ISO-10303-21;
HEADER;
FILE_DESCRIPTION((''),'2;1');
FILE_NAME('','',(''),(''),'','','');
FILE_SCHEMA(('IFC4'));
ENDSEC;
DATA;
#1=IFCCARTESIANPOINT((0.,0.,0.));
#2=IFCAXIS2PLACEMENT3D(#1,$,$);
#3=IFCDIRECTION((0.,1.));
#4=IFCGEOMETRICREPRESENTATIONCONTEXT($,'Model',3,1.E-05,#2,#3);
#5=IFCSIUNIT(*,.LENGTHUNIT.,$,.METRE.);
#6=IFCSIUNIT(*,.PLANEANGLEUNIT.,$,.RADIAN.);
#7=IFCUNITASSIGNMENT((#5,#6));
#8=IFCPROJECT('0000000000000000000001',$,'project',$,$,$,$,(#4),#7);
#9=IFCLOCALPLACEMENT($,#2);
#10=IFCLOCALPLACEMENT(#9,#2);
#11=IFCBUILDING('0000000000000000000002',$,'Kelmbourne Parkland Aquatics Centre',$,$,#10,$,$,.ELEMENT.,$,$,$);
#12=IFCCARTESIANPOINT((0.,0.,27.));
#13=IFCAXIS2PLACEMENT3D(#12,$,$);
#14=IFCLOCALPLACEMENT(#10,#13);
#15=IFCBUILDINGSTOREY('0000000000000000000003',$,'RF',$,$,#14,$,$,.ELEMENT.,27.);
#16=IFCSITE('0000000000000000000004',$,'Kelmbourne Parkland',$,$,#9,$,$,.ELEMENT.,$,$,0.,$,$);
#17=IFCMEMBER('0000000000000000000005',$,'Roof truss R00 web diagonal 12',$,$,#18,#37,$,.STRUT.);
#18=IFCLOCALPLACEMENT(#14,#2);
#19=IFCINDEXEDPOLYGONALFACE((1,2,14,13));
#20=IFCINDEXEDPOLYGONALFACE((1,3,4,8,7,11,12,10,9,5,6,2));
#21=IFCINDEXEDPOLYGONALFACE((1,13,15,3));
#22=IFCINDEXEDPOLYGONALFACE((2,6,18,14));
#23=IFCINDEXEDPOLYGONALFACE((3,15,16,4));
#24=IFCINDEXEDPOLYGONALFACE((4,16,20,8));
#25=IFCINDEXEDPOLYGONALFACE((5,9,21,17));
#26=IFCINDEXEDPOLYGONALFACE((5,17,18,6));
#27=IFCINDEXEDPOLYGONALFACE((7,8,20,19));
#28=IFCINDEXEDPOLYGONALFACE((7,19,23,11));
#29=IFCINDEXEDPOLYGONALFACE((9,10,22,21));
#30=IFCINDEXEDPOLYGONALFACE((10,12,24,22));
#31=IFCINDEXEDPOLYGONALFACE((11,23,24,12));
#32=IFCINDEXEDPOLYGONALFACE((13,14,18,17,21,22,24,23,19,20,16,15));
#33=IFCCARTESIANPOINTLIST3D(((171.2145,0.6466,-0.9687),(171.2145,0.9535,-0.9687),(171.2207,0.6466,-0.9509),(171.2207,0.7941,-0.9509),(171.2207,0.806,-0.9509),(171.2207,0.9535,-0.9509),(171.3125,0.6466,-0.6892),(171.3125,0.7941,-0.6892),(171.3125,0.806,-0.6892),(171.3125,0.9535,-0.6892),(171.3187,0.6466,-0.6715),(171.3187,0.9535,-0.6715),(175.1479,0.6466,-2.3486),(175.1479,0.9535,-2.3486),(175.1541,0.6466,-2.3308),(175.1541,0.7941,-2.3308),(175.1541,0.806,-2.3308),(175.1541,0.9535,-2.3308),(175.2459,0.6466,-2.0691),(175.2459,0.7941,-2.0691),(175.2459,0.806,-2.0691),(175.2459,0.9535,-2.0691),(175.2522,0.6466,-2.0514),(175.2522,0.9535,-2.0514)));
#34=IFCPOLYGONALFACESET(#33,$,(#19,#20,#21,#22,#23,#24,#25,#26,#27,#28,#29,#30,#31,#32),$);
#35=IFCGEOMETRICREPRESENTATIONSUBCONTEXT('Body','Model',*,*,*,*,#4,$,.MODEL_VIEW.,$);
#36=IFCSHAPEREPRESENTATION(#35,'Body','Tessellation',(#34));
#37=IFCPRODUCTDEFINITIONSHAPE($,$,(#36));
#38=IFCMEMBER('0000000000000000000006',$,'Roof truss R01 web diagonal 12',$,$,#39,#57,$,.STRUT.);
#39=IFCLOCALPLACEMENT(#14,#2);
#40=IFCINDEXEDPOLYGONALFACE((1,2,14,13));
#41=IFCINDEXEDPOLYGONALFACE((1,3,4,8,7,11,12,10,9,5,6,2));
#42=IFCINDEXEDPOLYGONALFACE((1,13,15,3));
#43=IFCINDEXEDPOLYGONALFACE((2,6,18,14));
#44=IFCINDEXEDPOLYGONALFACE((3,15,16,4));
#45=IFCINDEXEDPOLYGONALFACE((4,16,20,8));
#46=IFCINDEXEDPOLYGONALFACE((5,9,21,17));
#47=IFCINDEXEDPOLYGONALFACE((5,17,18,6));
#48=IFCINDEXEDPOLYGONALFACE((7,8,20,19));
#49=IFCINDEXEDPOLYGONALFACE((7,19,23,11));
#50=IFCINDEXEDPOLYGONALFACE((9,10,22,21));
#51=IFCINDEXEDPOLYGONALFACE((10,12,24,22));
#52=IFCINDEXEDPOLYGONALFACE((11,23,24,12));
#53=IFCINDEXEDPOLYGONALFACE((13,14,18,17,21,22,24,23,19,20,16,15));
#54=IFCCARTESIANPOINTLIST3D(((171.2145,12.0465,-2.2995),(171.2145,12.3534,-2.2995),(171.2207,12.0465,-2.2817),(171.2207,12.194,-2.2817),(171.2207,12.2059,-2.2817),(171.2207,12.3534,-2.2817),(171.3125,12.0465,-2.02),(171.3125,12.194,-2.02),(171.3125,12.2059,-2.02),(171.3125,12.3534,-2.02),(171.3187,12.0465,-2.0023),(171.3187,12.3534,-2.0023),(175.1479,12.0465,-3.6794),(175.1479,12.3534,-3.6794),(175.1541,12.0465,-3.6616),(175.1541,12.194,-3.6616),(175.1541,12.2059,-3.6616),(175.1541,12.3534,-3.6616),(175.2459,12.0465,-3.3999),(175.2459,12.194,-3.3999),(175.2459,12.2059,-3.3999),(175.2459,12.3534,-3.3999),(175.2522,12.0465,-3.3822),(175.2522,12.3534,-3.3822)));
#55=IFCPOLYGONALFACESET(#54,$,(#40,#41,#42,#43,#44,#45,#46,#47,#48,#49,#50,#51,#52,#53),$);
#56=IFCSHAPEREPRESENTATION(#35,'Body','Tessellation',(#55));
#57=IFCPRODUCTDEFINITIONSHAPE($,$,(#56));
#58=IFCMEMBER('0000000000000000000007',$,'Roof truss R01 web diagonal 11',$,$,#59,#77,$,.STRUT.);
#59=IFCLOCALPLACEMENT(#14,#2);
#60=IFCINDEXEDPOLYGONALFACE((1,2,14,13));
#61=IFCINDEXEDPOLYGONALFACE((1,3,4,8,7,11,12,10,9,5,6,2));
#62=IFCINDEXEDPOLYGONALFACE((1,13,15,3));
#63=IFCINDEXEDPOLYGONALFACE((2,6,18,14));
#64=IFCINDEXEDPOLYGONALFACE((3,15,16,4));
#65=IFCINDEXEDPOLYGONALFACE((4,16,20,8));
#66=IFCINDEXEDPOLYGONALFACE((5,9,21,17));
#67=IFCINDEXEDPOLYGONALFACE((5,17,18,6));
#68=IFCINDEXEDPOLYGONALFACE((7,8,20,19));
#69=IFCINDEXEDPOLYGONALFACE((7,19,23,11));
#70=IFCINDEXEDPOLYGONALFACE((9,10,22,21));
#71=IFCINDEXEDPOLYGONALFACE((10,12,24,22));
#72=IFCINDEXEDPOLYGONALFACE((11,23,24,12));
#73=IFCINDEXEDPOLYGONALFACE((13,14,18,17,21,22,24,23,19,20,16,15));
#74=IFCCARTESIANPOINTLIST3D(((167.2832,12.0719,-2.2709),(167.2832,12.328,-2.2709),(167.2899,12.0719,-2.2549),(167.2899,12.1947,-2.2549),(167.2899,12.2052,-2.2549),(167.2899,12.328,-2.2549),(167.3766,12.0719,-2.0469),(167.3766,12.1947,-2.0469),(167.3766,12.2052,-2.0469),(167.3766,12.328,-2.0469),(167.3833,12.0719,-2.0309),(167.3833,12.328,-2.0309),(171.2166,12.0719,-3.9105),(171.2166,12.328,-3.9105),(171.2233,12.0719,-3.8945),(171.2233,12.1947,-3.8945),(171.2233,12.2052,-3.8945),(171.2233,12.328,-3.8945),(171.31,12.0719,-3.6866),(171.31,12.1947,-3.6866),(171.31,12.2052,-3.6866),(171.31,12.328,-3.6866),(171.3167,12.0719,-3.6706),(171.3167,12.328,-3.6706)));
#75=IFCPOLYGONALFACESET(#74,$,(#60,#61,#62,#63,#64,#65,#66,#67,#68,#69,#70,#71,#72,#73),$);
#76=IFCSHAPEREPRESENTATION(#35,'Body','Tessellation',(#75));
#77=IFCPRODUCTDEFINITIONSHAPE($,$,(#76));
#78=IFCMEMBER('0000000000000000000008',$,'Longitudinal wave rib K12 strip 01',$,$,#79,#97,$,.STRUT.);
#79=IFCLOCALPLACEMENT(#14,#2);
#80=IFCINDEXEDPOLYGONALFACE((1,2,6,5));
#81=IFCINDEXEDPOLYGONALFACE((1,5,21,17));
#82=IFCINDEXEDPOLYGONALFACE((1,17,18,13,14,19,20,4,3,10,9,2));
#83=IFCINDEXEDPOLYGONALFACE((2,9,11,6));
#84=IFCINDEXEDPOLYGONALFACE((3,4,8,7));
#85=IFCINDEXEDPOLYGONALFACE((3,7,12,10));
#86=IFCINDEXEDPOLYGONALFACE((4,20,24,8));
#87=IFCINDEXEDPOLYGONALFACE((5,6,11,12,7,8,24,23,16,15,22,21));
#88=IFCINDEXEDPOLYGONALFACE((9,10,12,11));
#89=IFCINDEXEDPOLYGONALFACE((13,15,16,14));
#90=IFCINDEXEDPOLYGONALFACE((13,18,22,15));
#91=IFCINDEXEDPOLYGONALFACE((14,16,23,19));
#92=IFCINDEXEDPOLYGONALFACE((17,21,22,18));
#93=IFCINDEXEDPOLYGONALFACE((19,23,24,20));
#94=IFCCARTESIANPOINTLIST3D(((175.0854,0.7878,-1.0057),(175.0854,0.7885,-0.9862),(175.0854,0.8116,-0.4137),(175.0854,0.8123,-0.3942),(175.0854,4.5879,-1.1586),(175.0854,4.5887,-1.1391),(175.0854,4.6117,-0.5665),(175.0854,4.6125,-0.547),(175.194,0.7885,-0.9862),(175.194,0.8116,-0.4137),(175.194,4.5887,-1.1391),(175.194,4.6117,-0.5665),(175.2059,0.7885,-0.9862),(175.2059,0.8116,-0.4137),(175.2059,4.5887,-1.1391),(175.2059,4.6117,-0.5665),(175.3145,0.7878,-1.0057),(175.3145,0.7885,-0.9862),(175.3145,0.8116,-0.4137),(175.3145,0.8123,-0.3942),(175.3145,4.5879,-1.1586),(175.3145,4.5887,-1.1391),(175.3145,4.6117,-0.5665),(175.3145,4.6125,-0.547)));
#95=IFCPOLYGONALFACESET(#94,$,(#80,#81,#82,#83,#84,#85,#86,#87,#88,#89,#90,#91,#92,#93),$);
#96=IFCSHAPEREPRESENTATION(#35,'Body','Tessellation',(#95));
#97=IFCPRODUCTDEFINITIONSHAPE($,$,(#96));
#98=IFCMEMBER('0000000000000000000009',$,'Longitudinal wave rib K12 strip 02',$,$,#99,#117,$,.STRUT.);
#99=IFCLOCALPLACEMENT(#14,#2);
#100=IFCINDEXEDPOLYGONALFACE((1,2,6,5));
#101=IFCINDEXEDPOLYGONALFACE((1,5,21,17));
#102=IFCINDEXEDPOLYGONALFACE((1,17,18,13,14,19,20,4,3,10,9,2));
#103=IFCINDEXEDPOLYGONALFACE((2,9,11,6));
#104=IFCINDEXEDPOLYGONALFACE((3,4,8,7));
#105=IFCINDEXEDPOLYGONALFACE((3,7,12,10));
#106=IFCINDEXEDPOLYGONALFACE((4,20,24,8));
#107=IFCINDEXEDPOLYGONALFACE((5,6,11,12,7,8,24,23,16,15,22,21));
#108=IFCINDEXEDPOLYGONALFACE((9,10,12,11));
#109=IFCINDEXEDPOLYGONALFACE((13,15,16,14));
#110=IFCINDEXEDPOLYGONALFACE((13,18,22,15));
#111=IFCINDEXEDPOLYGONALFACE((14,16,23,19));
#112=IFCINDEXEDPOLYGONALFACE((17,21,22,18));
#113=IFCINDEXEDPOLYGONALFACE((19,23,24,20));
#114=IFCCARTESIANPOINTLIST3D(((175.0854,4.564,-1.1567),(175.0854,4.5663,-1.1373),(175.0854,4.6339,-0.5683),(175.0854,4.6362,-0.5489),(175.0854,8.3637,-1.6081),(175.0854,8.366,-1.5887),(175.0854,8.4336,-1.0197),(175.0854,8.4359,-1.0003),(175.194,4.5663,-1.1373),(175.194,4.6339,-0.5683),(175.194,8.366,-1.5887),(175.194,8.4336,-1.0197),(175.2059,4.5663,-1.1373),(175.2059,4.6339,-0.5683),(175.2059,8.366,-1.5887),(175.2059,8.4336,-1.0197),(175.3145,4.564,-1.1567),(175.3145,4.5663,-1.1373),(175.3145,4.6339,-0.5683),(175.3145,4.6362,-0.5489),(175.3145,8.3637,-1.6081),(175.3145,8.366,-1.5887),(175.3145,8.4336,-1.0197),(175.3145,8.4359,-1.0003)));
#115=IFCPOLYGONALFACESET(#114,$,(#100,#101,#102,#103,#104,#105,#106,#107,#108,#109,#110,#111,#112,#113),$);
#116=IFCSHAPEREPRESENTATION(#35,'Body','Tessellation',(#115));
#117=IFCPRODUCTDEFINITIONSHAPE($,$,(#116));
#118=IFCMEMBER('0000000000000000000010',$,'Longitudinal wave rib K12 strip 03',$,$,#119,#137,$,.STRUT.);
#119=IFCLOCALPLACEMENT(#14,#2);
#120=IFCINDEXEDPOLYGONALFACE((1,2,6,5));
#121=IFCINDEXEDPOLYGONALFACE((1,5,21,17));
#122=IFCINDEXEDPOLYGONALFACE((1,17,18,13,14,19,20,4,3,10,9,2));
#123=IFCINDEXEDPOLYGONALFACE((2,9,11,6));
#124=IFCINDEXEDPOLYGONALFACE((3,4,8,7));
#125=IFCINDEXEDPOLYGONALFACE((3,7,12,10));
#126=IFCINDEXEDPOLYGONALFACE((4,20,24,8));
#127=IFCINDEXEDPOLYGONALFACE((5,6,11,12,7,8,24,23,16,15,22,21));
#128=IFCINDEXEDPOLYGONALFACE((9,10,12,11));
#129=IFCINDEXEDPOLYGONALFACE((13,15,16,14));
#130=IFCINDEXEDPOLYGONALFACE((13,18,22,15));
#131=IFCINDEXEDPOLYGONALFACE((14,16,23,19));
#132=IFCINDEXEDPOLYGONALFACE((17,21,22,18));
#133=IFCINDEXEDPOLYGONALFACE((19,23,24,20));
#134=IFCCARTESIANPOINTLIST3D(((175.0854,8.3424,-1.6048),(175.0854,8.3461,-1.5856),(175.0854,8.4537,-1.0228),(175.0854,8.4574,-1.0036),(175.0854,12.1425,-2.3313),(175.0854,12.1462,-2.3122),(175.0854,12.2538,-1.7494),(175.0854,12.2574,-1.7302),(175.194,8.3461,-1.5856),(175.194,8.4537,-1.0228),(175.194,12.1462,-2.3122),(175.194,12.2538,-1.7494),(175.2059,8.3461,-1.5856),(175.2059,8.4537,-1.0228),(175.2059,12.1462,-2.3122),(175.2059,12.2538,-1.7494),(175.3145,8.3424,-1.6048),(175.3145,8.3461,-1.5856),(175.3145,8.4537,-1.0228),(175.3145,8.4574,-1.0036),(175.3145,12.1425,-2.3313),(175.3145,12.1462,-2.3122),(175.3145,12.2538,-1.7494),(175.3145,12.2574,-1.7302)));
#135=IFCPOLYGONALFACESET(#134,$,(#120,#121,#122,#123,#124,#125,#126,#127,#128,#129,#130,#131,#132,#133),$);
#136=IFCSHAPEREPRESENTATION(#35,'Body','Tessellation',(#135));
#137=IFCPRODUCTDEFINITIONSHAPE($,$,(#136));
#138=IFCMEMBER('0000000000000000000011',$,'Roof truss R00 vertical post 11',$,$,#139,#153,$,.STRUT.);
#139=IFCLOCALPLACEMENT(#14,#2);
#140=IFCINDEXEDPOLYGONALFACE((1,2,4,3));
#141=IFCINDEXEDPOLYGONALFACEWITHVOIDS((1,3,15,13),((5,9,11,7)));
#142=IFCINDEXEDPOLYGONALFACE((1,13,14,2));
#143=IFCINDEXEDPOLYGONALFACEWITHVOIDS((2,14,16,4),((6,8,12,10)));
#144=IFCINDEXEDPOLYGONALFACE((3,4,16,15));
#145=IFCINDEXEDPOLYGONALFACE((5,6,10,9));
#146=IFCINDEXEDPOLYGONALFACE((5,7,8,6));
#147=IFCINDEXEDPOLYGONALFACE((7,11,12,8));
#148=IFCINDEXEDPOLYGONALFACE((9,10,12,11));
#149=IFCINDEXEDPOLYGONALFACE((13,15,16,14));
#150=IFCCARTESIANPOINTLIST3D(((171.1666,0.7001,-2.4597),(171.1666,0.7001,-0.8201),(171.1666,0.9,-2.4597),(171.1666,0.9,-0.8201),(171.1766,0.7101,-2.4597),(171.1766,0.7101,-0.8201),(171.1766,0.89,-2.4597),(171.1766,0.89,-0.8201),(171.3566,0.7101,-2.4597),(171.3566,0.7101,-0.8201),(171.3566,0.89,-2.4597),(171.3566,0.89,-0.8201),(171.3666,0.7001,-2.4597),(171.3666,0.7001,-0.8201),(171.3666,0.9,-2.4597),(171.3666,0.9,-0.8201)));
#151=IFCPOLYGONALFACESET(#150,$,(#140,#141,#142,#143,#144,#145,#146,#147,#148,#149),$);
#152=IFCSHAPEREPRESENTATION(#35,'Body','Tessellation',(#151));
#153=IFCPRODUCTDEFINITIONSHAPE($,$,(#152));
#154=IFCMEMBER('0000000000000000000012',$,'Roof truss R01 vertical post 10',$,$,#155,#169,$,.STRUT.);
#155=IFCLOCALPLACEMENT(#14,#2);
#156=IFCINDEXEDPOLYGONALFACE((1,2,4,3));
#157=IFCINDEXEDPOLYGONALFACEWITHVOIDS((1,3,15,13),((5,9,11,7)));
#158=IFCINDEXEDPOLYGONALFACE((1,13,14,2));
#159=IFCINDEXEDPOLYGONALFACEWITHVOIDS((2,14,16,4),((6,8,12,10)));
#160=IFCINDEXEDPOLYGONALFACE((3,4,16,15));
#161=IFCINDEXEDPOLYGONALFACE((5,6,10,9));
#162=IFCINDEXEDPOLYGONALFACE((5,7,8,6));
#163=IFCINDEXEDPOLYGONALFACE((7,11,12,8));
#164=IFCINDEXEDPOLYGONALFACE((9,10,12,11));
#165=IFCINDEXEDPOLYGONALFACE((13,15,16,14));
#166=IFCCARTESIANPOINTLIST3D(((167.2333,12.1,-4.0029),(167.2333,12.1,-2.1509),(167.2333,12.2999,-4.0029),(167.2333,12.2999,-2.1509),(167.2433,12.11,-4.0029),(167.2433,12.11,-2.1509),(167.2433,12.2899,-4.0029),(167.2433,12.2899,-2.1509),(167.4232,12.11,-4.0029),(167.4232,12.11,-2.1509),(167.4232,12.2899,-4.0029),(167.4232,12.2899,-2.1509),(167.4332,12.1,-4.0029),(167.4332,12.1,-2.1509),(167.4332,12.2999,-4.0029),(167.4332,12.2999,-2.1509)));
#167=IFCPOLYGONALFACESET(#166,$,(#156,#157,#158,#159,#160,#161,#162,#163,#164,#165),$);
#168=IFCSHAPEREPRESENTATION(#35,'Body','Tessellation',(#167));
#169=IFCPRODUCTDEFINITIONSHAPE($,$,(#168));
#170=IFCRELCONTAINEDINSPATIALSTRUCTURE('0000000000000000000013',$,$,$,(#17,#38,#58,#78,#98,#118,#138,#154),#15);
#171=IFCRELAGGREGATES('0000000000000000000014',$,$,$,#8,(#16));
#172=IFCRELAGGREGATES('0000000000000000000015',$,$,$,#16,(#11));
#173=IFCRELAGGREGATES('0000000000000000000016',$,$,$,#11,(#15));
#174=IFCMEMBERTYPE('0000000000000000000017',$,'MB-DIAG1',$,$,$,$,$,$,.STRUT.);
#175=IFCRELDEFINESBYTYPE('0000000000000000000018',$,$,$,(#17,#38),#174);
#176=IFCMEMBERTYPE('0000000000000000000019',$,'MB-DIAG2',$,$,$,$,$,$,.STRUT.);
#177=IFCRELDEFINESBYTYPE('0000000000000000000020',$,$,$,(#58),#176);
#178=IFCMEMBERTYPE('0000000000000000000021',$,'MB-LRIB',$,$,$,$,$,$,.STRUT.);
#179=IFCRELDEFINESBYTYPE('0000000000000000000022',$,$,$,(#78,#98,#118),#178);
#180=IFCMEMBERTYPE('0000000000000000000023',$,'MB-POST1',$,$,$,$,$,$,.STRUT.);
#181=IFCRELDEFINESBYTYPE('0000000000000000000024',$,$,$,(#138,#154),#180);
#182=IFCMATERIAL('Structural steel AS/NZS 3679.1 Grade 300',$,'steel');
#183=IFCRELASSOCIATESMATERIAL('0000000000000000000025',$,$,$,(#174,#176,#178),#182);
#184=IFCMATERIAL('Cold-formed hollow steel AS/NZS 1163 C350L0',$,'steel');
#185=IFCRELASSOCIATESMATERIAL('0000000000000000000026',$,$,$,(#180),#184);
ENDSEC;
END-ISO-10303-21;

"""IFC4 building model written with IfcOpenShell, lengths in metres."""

from ifc_helpers import new_model, si_unit, direction, frame, origin, origin_2d, place, context, subcontext, project, spatial, hollow_rectangle, i_section, extrude, material, material_profile, profile_set, type_object, element, save


model = new_model("IFC4")

# Units and contexts
model_context = context("Model", 3, precision=1e-05, world=origin(), true_north=direction((0.0, 1.0)))
body_context = subcontext(model_context, "Body", "Model", "MODEL_VIEW")
ifc_project = project(units=[si_unit("LENGTHUNIT", "METRE"), si_unit("PLANEANGLEUNIT", "RADIAN")], contexts=[model_context])

# Site, building, storey
site_placement = place(None, origin())
site = spatial("IfcSite", under=ifc_project, at=site_placement, Name="Kelmbourne Parkland", CompositionType="ELEMENT", RefElevation=0.0)
building_placement = place(site_placement, origin())
building = spatial("IfcBuilding", under=site, at=building_placement, Name="Kelmbourne Parkland Aquatics Centre", CompositionType="ELEMENT")
storey_placement = place(building_placement, frame((0.0, 0.0, 27.0)))
storey = spatial("IfcBuildingStorey", under=building, at=storey_placement, Name="RF", CompositionType="ELEMENT", Elevation=27.0)

# Members
ifc_material_1 = material(Name="Structural steel AS/NZS 3679.1 Grade 300", Category="steel")
ifc_material_profile_1 = material_profile(ifc_material_1, i_section(OverallWidth=0.3069, OverallDepth=0.3149, WebThickness=0.012, FlangeThickness=0.0188, at=origin_2d()), Name="310UC118")
ifc_profile_set_1 = profile_set([ifc_material_profile_1], Name="Structural steel AS/NZS 3679.1 Grade 300")
member_type_1 = type_object("IfcMemberType", Name="MB-DIAG1", PredefinedType="STRUT", material=ifc_profile_set_1)
for number, where, z_axis, x_axis, name in (
    (1, (171.2666, 0.8, -0.8201), (0.943618, 0.0, -0.331036), (0.0, 1.0, 0.0), "Roof truss R00 web diagonal 12"),
    (2, (171.2666, 12.2, -2.1509), (0.943618, 0.0, -0.331036), (0.0, 1.0, 0.0), "Roof truss R01 web diagonal 12"),
):
    element("IfcMember", number, at=place(storey_placement, frame(where, z_axis=z_axis, x_axis=x_axis)), inside=storey, type_object=member_type_1, Name=name, PredefinedType="STRUT", context=body_context, shape_type="SweptSolid", body=[
        extrude(i_section(OverallWidth=0.3069, OverallDepth=0.3149, WebThickness=0.012, FlangeThickness=0.0188, at=origin_2d()), origin(), (0.0, 0.0, 1.0), 4.1685),
    ])
ifc_material_profile_2 = material_profile(ifc_material_1, i_section(OverallWidth=0.2561, OverallDepth=0.26, WebThickness=0.0105, FlangeThickness=0.0173, at=origin_2d()), Name="250UC89.5")
ifc_profile_set_2 = profile_set([ifc_material_profile_2], Name="Structural steel AS/NZS 3679.1 Grade 300")
member_type_2 = type_object("IfcMemberType", Name="MB-DIAG2", PredefinedType="STRUT", material=ifc_profile_set_2)
member_1_placement = place(storey_placement, frame((167.3333, 12.2, -2.1509), z_axis=(0.923014, 0.0, -0.384766), x_axis=(0.0, 1.0, 0.0)))
element("IfcMember", 3, at=member_1_placement, inside=storey, type_object=member_type_2, Name="Roof truss R01 web diagonal 11", PredefinedType="STRUT", context=body_context, shape_type="SweptSolid", body=[
    extrude(i_section(OverallWidth=0.2561, OverallDepth=0.26, WebThickness=0.0105, FlangeThickness=0.0173, at=origin_2d()), origin(), (0.0, 0.0, 1.0), 4.2615),
])
ifc_material_profile_3 = material_profile(ifc_material_1, i_section(OverallWidth=0.229, OverallDepth=0.6121, WebThickness=0.012, FlangeThickness=0.0195, at=origin_2d()), Name="610UB125")
ifc_profile_set_3 = profile_set([ifc_material_profile_3], Name="Structural steel AS/NZS 3679.1 Grade 300")
member_type_3 = type_object("IfcMemberType", Name="MB-LRIB", PredefinedType="STRUT", material=ifc_profile_set_3)
member_2_placement = place(storey_placement, frame((175.2, 0.8, -0.7), z_axis=(0.0, 0.999192, -0.040186), x_axis=(-1.0, 0.0, 0.0)))
element("IfcMember", 4, at=member_2_placement, inside=storey, type_object=member_type_3, Name="Longitudinal wave rib K12 strip 01", PredefinedType="STRUT", context=body_context, shape_type="SweptSolid", body=[
    extrude(i_section(OverallWidth=0.229, OverallDepth=0.6121, WebThickness=0.012, FlangeThickness=0.0195, at=origin_2d()), origin(), (0.0, 0.0, 1.0), 3.8032),
])
member_3_placement = place(storey_placement, frame((175.2, 4.6001, -0.8528), z_axis=(0.0, 0.993017, -0.11797), x_axis=(-1.0, 0.0, 0.0)))
element("IfcMember", 5, at=member_3_placement, inside=storey, type_object=member_type_3, Name="Longitudinal wave rib K12 strip 02", PredefinedType="STRUT", context=body_context, shape_type="SweptSolid", body=[
    extrude(i_section(OverallWidth=0.229, OverallDepth=0.6121, WebThickness=0.012, FlangeThickness=0.0195, at=origin_2d()), origin(), (0.0, 0.0, 1.0), 3.8264),
])
member_4_placement = place(storey_placement, frame((175.2, 8.3999, -1.3042), z_axis=(0.0, 0.982208, -0.187796), x_axis=(-1.0, 0.0, 0.0)))
element("IfcMember", 6, at=member_4_placement, inside=storey, type_object=member_type_3, Name="Longitudinal wave rib K12 strip 03", PredefinedType="STRUT", context=body_context, shape_type="SweptSolid", body=[
    extrude(i_section(OverallWidth=0.229, OverallDepth=0.6121, WebThickness=0.012, FlangeThickness=0.0195, at=origin_2d()), origin(), (0.0, 0.0, 1.0), 3.8689),
])
ifc_material_2 = material(Name="Cold-formed hollow steel AS/NZS 1163 C350L0", Category="steel")
ifc_material_profile_4 = material_profile(ifc_material_2, hollow_rectangle(XDim=0.2, YDim=0.2, WallThickness=0.01, at=origin_2d()), Name="SHS 200x200x10.0")
ifc_profile_set_4 = profile_set([ifc_material_profile_4], Name="Cold-formed hollow steel AS/NZS 1163 C350L0")
member_type_4 = type_object("IfcMemberType", Name="MB-POST1", PredefinedType="STRUT", material=ifc_profile_set_4)
member_5_placement = place(storey_placement, frame((171.2666, 0.8, -2.4597), z_axis=(0.0, 0.0, 1.0), x_axis=(1.0, 0.0, 0.0)))
element("IfcMember", 7, at=member_5_placement, inside=storey, type_object=member_type_4, Name="Roof truss R00 vertical post 11", PredefinedType="STRUT", context=body_context, shape_type="SweptSolid", body=[
    extrude(hollow_rectangle(XDim=0.2, YDim=0.2, WallThickness=0.01, at=origin_2d()), origin(), (0.0, 0.0, 1.0), 1.6396),
])
member_6_placement = place(storey_placement, frame((167.3333, 12.2, -4.0029), z_axis=(0.0, 0.0, 1.0), x_axis=(1.0, 0.0, 0.0)))
element("IfcMember", 8, at=member_6_placement, inside=storey, type_object=member_type_4, Name="Roof truss R01 vertical post 10", PredefinedType="STRUT", context=body_context, shape_type="SweptSolid", body=[
    extrude(hollow_rectangle(XDim=0.2, YDim=0.2, WallThickness=0.01, at=origin_2d()), origin(), (0.0, 0.0, 1.0), 1.8521),
])

save(model, "model.ifc")
